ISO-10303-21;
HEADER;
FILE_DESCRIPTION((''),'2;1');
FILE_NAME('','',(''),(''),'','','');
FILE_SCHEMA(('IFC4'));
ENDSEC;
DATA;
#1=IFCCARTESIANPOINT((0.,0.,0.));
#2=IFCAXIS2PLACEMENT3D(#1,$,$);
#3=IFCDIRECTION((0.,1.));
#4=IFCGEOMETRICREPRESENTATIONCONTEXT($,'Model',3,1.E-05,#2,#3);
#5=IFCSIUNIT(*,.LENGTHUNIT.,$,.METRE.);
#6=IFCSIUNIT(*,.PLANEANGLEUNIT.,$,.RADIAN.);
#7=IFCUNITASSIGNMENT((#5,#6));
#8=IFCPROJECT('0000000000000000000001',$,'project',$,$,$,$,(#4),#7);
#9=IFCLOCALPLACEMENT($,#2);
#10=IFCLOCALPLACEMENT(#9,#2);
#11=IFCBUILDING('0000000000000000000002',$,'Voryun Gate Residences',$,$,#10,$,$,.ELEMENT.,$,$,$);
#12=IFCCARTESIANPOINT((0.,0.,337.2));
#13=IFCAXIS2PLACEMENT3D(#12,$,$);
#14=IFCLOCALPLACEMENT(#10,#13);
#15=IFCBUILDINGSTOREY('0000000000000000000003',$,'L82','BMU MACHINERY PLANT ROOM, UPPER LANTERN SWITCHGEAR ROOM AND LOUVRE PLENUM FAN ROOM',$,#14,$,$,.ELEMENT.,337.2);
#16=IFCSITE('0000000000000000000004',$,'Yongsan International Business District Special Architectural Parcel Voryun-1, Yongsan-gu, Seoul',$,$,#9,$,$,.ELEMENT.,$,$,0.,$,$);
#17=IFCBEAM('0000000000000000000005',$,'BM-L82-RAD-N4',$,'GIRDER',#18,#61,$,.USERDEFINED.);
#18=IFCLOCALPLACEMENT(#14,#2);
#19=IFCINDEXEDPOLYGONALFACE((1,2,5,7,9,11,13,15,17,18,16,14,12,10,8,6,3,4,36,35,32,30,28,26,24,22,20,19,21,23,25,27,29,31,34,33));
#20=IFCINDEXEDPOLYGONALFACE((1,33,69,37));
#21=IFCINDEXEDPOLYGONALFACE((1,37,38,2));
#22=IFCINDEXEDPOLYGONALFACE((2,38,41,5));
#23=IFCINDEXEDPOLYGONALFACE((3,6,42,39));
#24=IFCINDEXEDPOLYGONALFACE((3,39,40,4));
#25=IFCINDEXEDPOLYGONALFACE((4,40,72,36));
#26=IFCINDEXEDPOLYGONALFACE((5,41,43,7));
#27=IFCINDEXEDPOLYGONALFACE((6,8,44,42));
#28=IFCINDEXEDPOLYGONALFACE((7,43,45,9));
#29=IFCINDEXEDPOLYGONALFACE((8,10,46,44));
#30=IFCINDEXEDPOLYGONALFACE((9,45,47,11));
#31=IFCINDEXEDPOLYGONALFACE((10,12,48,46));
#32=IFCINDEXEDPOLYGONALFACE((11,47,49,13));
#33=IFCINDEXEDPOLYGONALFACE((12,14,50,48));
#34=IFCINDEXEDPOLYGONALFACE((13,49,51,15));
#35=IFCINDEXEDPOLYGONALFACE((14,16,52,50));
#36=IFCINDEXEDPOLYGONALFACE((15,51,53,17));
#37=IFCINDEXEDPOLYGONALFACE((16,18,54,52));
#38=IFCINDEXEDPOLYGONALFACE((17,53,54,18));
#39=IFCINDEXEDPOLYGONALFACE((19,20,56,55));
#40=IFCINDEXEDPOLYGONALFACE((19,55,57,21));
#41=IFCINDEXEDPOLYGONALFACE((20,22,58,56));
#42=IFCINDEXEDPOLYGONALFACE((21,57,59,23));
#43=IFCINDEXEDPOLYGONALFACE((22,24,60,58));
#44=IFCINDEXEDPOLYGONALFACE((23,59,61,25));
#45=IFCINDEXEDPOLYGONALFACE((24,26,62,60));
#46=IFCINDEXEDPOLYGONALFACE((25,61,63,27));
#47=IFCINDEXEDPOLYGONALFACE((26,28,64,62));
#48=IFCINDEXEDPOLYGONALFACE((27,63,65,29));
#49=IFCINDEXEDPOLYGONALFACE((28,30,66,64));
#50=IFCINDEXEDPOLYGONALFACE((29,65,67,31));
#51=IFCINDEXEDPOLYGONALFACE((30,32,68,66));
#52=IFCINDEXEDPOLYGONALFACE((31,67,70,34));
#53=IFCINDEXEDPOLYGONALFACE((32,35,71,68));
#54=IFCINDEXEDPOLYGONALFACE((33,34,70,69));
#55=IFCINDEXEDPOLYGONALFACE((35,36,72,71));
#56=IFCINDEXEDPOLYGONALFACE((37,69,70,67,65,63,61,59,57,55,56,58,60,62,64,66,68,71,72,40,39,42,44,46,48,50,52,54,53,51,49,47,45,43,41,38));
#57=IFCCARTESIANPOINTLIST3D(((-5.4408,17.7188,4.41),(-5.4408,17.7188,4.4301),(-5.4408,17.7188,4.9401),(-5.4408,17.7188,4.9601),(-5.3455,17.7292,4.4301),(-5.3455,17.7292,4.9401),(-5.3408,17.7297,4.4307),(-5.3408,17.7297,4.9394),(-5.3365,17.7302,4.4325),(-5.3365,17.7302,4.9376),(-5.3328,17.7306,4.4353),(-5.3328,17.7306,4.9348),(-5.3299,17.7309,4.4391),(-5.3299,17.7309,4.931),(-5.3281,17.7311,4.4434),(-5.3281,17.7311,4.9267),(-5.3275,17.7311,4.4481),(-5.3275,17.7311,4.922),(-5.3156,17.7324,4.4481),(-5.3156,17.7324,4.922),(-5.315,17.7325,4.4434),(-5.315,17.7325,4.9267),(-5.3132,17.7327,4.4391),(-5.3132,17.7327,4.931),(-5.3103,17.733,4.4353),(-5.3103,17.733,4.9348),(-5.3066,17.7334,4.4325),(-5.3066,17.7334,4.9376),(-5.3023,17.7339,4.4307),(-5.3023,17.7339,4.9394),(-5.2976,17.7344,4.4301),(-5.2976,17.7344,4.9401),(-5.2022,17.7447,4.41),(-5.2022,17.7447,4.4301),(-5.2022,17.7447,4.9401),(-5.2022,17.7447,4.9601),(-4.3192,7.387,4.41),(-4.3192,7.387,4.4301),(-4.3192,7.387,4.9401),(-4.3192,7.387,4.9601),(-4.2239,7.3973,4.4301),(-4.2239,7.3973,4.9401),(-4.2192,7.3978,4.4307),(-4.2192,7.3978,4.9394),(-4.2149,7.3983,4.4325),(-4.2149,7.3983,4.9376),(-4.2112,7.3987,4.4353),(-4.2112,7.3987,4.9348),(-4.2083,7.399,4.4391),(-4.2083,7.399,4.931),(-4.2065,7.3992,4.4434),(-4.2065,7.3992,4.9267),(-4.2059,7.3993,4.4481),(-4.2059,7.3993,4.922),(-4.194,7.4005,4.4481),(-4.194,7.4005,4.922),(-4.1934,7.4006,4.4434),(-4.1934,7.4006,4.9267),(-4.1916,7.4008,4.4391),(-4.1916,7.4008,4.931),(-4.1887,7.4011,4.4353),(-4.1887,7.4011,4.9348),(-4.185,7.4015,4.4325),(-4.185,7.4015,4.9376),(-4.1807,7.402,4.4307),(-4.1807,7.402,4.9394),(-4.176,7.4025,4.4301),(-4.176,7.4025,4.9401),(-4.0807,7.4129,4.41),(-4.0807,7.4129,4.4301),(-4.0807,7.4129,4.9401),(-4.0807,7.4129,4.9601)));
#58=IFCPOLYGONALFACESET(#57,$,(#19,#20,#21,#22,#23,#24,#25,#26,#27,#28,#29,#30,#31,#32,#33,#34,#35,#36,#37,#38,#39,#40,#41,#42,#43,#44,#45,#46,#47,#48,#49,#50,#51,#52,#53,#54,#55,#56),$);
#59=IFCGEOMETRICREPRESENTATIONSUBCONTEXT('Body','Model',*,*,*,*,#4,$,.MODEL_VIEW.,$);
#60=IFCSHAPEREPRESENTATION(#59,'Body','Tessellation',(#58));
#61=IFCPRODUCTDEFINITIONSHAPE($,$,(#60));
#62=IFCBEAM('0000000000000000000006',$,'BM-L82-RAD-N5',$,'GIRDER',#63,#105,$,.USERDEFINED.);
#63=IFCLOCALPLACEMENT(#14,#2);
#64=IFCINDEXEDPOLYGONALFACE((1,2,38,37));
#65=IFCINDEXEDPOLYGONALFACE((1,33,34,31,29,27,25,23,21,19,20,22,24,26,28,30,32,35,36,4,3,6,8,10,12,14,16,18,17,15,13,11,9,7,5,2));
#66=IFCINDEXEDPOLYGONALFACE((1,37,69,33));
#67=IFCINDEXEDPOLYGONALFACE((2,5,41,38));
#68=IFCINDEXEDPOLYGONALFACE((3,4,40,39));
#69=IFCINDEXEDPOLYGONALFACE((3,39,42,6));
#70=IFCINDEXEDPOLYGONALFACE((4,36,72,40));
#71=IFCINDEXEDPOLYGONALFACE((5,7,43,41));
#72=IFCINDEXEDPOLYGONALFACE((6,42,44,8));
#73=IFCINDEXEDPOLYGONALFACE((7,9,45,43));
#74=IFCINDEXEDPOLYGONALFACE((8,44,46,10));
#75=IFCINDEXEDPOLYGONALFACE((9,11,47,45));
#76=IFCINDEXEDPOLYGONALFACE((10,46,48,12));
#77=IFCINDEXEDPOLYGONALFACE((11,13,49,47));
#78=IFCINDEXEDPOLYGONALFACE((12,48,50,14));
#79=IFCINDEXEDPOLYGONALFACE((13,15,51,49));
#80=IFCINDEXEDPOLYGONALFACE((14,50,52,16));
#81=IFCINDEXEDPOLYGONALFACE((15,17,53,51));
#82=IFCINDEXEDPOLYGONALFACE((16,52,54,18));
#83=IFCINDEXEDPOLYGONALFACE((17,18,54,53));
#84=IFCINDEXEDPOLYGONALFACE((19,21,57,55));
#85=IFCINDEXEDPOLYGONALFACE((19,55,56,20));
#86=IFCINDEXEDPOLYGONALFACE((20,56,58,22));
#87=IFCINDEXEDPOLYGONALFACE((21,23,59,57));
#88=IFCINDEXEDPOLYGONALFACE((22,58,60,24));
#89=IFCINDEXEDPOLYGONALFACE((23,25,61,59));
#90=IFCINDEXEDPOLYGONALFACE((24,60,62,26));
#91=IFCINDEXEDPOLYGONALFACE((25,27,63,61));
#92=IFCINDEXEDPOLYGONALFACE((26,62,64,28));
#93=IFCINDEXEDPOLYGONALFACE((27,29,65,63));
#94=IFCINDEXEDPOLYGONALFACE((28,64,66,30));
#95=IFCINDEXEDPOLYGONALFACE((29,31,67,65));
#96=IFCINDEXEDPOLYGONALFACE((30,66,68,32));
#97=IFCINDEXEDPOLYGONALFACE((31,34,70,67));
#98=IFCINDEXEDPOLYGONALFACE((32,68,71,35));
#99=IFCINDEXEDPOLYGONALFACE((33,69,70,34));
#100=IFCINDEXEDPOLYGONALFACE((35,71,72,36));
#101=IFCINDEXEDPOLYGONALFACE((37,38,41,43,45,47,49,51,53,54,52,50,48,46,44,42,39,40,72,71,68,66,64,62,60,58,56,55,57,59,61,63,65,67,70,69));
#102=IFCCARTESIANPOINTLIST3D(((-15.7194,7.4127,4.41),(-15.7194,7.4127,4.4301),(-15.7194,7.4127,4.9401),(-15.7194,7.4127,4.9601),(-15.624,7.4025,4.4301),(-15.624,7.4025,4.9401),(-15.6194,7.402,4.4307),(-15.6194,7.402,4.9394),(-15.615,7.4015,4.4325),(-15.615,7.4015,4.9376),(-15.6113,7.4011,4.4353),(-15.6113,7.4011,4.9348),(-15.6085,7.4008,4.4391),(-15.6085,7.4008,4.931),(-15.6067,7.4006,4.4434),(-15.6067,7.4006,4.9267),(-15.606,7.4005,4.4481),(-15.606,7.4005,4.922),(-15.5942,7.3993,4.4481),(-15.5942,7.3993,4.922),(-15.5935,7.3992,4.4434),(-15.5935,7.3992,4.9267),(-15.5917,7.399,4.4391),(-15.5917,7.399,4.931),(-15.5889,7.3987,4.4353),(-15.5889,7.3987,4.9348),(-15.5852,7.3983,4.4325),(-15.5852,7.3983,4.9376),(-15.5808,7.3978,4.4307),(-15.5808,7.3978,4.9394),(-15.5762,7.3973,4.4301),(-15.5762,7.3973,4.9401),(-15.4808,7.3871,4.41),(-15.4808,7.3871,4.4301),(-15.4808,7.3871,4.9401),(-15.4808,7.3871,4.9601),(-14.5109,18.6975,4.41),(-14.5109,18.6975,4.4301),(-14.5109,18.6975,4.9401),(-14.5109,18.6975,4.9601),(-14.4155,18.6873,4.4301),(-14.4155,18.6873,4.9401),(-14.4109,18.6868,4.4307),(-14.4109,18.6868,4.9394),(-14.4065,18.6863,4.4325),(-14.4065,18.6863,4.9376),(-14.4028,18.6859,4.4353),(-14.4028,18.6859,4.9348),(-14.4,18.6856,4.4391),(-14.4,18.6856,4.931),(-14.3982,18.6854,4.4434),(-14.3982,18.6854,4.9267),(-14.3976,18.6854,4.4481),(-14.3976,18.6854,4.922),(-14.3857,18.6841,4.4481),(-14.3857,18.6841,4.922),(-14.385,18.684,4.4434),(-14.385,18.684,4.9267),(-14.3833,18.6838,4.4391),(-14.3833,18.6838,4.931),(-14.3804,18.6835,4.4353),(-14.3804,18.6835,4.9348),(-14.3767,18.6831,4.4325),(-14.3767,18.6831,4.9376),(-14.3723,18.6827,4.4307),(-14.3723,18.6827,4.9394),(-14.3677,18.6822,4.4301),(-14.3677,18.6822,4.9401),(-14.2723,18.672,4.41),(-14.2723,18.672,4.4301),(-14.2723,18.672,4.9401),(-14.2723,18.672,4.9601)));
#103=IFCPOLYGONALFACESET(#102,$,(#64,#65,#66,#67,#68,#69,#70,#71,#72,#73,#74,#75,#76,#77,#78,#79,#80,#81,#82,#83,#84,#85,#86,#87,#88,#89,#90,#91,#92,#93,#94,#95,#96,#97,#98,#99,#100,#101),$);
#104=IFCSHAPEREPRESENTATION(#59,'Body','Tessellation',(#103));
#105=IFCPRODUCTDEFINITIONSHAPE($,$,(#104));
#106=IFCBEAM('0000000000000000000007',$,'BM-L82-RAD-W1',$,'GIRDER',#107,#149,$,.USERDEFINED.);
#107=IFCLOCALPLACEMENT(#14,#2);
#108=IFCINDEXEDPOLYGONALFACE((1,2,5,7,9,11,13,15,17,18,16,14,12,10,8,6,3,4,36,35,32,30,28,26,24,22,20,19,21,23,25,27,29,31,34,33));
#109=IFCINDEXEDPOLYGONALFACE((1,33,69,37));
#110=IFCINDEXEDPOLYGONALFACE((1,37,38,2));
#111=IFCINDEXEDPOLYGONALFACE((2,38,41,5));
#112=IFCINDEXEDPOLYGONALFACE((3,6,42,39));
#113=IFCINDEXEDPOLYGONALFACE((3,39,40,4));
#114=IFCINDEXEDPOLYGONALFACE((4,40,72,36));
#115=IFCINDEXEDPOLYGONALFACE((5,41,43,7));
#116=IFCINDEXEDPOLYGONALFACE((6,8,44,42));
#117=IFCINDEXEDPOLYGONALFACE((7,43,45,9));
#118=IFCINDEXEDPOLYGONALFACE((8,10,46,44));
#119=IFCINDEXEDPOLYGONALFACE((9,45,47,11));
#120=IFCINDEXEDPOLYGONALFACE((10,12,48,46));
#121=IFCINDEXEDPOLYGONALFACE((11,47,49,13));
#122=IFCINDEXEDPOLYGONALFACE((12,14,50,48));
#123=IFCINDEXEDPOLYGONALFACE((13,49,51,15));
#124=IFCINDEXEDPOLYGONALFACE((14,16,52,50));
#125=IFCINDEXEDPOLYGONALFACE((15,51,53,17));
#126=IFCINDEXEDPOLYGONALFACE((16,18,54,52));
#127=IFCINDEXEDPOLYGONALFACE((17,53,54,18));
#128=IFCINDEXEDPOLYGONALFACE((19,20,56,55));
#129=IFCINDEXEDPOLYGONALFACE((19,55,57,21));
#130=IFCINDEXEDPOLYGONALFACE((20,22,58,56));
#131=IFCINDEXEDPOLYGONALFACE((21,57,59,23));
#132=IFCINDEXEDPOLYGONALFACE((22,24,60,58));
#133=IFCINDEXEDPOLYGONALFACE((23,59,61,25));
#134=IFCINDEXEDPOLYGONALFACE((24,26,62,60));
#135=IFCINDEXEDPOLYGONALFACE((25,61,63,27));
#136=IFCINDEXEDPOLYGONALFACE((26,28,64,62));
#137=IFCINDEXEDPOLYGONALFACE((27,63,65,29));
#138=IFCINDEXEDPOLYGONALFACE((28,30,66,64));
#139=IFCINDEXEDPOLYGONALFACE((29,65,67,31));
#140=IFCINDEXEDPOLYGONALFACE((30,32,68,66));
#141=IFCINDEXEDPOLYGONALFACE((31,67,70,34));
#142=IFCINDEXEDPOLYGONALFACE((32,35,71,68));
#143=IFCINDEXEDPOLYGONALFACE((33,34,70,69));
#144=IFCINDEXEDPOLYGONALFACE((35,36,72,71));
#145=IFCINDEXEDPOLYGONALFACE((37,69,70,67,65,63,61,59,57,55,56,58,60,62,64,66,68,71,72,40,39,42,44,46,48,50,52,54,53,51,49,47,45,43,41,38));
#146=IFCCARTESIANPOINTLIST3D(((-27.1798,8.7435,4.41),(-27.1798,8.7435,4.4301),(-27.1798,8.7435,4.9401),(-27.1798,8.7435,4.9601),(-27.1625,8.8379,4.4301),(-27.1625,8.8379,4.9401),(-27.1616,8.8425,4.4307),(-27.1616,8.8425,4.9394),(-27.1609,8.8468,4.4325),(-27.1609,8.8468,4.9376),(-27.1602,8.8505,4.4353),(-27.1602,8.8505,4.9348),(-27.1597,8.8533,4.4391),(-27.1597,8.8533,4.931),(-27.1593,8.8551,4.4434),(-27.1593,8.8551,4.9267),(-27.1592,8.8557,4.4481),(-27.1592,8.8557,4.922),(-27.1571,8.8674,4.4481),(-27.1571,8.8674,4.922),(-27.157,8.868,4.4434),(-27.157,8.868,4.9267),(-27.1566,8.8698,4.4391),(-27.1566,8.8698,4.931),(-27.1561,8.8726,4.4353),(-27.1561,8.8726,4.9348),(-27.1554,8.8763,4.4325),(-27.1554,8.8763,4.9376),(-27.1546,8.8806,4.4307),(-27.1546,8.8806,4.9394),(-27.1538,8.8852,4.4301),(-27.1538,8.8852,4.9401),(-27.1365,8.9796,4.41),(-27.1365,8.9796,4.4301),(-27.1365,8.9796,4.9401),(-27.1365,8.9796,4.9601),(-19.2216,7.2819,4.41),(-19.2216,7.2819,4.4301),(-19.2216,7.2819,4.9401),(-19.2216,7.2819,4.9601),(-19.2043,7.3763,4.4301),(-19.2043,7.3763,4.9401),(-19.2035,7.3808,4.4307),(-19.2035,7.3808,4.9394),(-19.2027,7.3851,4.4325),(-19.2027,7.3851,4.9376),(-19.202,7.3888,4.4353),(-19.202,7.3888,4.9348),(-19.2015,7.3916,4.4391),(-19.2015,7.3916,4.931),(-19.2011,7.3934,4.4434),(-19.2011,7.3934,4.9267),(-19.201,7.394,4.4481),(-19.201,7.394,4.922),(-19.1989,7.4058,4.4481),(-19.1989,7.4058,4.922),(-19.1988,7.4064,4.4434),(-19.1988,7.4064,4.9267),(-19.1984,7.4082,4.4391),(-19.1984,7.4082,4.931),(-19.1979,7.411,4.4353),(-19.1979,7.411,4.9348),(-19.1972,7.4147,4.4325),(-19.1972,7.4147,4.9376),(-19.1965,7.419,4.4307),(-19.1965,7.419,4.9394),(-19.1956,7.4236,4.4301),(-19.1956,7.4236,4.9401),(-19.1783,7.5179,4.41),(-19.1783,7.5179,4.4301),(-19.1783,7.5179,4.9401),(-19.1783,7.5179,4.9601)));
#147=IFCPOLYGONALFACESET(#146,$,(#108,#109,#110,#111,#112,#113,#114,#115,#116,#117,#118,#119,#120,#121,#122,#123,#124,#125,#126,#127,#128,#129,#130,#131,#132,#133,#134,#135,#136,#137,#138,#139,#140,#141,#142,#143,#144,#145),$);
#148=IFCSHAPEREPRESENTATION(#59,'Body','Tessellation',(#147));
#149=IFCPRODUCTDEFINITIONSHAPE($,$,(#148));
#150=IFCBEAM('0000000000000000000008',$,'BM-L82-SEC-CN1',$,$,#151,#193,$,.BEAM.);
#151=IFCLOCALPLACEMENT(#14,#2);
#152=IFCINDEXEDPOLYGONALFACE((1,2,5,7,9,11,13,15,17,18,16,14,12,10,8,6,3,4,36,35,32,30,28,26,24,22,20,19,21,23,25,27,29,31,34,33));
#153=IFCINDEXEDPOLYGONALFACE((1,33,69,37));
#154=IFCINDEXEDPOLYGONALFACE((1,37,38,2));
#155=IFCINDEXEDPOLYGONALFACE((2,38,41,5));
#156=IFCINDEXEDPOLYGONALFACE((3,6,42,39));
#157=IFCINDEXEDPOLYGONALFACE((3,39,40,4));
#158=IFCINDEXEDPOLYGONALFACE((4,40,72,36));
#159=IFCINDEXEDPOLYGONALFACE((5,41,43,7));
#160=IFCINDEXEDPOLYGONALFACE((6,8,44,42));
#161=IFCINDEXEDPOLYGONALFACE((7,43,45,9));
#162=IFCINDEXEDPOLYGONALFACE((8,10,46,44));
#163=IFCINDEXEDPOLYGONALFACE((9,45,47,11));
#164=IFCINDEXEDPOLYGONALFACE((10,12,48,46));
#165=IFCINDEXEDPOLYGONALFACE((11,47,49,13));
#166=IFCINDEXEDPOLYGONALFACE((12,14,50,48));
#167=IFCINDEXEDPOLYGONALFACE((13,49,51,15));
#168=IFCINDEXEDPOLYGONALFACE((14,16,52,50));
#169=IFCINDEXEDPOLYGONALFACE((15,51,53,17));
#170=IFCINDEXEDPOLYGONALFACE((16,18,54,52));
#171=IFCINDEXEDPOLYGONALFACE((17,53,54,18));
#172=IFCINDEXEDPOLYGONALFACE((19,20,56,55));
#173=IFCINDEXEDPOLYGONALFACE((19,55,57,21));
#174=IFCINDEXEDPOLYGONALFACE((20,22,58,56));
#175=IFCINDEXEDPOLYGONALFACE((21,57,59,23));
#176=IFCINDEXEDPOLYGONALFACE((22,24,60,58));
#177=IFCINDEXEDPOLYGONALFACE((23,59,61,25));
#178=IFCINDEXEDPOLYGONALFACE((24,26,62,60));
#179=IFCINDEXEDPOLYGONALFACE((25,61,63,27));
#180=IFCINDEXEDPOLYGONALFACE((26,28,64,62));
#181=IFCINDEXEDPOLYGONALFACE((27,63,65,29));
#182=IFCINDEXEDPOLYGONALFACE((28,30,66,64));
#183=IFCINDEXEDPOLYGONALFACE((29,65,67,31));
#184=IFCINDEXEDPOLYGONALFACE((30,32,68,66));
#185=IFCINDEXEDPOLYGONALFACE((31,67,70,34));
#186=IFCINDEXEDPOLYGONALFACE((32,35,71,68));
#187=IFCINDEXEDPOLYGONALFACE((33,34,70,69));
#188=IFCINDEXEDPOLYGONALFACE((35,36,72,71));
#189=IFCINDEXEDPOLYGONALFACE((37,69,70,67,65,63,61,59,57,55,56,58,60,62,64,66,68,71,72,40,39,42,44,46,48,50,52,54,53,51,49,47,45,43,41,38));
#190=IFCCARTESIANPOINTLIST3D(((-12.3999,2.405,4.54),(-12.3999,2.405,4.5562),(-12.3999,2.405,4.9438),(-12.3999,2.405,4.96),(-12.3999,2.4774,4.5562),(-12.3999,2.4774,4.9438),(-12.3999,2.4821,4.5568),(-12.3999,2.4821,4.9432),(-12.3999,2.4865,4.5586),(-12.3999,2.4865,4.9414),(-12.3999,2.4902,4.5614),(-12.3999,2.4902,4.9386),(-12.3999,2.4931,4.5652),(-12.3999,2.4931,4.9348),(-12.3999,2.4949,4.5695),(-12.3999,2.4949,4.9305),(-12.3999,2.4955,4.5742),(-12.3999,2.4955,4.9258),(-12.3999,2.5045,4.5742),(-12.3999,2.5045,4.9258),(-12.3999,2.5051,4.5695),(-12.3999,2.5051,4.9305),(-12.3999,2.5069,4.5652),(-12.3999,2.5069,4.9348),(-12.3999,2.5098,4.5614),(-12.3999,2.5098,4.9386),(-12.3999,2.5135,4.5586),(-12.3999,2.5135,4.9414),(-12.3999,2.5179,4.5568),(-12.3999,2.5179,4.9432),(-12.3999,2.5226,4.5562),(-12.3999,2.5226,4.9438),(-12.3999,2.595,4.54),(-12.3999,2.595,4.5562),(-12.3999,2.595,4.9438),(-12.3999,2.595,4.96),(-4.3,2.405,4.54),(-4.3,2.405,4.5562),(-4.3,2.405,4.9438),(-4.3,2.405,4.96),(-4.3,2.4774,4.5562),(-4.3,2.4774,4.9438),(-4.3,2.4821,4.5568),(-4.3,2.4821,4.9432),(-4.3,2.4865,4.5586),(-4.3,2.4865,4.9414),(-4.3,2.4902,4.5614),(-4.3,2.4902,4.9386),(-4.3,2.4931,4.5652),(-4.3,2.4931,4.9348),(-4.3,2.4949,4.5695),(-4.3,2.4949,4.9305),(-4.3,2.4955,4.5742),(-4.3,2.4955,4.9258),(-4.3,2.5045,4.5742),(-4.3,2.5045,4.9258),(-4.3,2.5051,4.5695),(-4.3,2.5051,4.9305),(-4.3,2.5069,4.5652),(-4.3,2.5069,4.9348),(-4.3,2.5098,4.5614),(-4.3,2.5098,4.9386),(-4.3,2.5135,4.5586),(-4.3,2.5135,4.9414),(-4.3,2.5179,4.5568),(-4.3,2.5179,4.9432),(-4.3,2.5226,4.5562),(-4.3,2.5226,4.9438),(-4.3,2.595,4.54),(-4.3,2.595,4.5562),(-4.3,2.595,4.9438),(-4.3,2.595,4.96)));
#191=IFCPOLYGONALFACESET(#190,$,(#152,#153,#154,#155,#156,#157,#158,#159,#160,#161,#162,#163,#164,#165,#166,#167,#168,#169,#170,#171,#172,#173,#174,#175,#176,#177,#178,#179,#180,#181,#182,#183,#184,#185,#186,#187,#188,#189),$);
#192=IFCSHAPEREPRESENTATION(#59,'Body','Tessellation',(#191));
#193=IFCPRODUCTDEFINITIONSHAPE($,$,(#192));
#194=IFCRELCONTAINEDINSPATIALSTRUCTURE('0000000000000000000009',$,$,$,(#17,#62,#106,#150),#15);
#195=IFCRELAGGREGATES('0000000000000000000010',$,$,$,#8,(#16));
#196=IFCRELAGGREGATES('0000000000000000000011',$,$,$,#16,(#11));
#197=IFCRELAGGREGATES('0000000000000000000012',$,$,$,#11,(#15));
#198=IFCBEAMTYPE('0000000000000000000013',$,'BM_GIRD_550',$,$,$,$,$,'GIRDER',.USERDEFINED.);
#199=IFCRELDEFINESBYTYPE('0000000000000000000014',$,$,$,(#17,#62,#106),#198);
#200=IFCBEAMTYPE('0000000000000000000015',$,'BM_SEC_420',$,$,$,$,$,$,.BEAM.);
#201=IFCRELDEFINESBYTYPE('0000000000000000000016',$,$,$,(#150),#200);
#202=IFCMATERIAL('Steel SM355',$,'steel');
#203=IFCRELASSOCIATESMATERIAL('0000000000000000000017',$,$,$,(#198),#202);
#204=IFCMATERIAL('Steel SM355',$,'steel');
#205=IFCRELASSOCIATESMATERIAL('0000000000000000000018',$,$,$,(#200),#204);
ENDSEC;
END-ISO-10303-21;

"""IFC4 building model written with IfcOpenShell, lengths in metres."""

from ifc_helpers import new_model, si_unit, direction, frame, origin, origin_2d, place, context, subcontext, project, spatial, i_section, extrude, material, material_profile, profile_set, type_object, element, save


model = new_model("IFC4")

# Units and contexts
model_context = context("Model", 3, precision=1e-05, world=origin(), true_north=direction((0.0, 1.0)))
body_context = subcontext(model_context, "Body", "Model", "MODEL_VIEW")
ifc_project = project(units=[si_unit("LENGTHUNIT", "METRE"), si_unit("PLANEANGLEUNIT", "RADIAN")], contexts=[model_context])

# Site, building, storey
site_placement = place(None, origin())
site = spatial("IfcSite", under=ifc_project, at=site_placement, Name="Yongsan International Business District Special Architectural Parcel Voryun-1, Yongsan-gu, Seoul", CompositionType="ELEMENT", RefElevation=0.0)
building_placement = place(site_placement, origin())
building = spatial("IfcBuilding", under=site, at=building_placement, Name="Voryun Gate Residences", CompositionType="ELEMENT")
storey_placement = place(building_placement, frame((0.0, 0.0, 337.2)))
storey = spatial("IfcBuildingStorey", under=building, at=storey_placement, Name="L82", Description="BMU MACHINERY PLANT ROOM, UPPER LANTERN SWITCHGEAR ROOM AND LOUVRE PLENUM FAN ROOM", CompositionType="ELEMENT", Elevation=337.2)

# Beams
ifc_material_1 = material(Name="Steel SM355", Category="steel")
ifc_material_profile_1 = material_profile(ifc_material_1, i_section(OverallWidth=0.24, OverallDepth=0.55, WebThickness=0.012, FlangeThickness=0.02, FilletRadius=0.0181, at=origin_2d()), Name="H-550x240x12x20")
ifc_profile_set_1 = profile_set([ifc_material_profile_1], Name="Steel SM355")
beam_type_1 = type_object("IfcBeamType", Name="BM_GIRD_550", ElementType="GIRDER", PredefinedType="USERDEFINED", material=ifc_profile_set_1)
beam_1_placement = place(storey_placement, frame((-4.2, 7.3999, 4.6851), z_axis=(-0.107922, 0.994159, 0.0), x_axis=(-0.994159, -0.107922, 0.0)))
element("IfcBeam", 1, at=beam_1_placement, inside=storey, type_object=beam_type_1, Name="BM-L82-RAD-N4", ObjectType="GIRDER", PredefinedType="USERDEFINED", context=body_context, shape_type="SweptSolid", body=[
    extrude(i_section(OverallWidth=0.24, OverallDepth=0.55, WebThickness=0.012, FlangeThickness=0.02, FilletRadius=0.0181, at=origin_2d()), origin(), (0.0, 0.0, 1.0), 10.3926),
])
beam_2_placement = place(storey_placement, frame((-15.6001, 7.3999, 4.6851), z_axis=(0.106481, 0.994315, 0.0), x_axis=(-0.994315, 0.106481, 0.0)))
element("IfcBeam", 2, at=beam_2_placement, inside=storey, type_object=beam_type_1, Name="BM-L82-RAD-N5", ObjectType="GIRDER", PredefinedType="USERDEFINED", context=body_context, shape_type="SweptSolid", body=[
    extrude(i_section(OverallWidth=0.24, OverallDepth=0.55, WebThickness=0.012, FlangeThickness=0.02, FilletRadius=0.0181, at=origin_2d()), origin(), (0.0, 0.0, 1.0), 11.3494),
])
beam_3_placement = place(storey_placement, frame((-19.2, 7.3999, 4.6851), z_axis=(-0.983548, 0.180646, 0.0), x_axis=(-0.180646, -0.983548, 0.0)))
element("IfcBeam", 3, at=beam_3_placement, inside=storey, type_object=beam_type_1, Name="BM-L82-RAD-W1", ObjectType="GIRDER", PredefinedType="USERDEFINED", context=body_context, shape_type="SweptSolid", body=[
    extrude(i_section(OverallWidth=0.24, OverallDepth=0.55, WebThickness=0.012, FlangeThickness=0.02, FilletRadius=0.0181, at=origin_2d()), origin(), (0.0, 0.0, 1.0), 8.0913),
])
ifc_material_2 = material(Name="Steel SM355", Category="steel")
ifc_material_profile_2 = material_profile(ifc_material_2, i_section(OverallWidth=0.1899, OverallDepth=0.4199, WebThickness=0.009, FlangeThickness=0.0161, FilletRadius=0.0181, at=origin_2d()), Name="H-420x190x9x16")
ifc_profile_set_2 = profile_set([ifc_material_profile_2], Name="Steel SM355")
beam_type_2 = type_object("IfcBeamType", Name="BM_SEC_420", PredefinedType="BEAM", material=ifc_profile_set_2)
beam_4_placement = place(storey_placement, frame((-12.3999, 2.5, 4.75), z_axis=(1.0, 0.0, 0.0), x_axis=(0.0, 1.0, 0.0)))
element("IfcBeam", 4, at=beam_4_placement, inside=storey, type_object=beam_type_2, Name="BM-L82-SEC-CN1", PredefinedType="BEAM", context=body_context, shape_type="SweptSolid", body=[
    extrude(i_section(OverallWidth=0.1899, OverallDepth=0.4199, WebThickness=0.009, FlangeThickness=0.0161, FilletRadius=0.0181, at=origin_2d()), origin(), (0.0, 0.0, 1.0), 8.0999),
])

save(model, "model.ifc")
